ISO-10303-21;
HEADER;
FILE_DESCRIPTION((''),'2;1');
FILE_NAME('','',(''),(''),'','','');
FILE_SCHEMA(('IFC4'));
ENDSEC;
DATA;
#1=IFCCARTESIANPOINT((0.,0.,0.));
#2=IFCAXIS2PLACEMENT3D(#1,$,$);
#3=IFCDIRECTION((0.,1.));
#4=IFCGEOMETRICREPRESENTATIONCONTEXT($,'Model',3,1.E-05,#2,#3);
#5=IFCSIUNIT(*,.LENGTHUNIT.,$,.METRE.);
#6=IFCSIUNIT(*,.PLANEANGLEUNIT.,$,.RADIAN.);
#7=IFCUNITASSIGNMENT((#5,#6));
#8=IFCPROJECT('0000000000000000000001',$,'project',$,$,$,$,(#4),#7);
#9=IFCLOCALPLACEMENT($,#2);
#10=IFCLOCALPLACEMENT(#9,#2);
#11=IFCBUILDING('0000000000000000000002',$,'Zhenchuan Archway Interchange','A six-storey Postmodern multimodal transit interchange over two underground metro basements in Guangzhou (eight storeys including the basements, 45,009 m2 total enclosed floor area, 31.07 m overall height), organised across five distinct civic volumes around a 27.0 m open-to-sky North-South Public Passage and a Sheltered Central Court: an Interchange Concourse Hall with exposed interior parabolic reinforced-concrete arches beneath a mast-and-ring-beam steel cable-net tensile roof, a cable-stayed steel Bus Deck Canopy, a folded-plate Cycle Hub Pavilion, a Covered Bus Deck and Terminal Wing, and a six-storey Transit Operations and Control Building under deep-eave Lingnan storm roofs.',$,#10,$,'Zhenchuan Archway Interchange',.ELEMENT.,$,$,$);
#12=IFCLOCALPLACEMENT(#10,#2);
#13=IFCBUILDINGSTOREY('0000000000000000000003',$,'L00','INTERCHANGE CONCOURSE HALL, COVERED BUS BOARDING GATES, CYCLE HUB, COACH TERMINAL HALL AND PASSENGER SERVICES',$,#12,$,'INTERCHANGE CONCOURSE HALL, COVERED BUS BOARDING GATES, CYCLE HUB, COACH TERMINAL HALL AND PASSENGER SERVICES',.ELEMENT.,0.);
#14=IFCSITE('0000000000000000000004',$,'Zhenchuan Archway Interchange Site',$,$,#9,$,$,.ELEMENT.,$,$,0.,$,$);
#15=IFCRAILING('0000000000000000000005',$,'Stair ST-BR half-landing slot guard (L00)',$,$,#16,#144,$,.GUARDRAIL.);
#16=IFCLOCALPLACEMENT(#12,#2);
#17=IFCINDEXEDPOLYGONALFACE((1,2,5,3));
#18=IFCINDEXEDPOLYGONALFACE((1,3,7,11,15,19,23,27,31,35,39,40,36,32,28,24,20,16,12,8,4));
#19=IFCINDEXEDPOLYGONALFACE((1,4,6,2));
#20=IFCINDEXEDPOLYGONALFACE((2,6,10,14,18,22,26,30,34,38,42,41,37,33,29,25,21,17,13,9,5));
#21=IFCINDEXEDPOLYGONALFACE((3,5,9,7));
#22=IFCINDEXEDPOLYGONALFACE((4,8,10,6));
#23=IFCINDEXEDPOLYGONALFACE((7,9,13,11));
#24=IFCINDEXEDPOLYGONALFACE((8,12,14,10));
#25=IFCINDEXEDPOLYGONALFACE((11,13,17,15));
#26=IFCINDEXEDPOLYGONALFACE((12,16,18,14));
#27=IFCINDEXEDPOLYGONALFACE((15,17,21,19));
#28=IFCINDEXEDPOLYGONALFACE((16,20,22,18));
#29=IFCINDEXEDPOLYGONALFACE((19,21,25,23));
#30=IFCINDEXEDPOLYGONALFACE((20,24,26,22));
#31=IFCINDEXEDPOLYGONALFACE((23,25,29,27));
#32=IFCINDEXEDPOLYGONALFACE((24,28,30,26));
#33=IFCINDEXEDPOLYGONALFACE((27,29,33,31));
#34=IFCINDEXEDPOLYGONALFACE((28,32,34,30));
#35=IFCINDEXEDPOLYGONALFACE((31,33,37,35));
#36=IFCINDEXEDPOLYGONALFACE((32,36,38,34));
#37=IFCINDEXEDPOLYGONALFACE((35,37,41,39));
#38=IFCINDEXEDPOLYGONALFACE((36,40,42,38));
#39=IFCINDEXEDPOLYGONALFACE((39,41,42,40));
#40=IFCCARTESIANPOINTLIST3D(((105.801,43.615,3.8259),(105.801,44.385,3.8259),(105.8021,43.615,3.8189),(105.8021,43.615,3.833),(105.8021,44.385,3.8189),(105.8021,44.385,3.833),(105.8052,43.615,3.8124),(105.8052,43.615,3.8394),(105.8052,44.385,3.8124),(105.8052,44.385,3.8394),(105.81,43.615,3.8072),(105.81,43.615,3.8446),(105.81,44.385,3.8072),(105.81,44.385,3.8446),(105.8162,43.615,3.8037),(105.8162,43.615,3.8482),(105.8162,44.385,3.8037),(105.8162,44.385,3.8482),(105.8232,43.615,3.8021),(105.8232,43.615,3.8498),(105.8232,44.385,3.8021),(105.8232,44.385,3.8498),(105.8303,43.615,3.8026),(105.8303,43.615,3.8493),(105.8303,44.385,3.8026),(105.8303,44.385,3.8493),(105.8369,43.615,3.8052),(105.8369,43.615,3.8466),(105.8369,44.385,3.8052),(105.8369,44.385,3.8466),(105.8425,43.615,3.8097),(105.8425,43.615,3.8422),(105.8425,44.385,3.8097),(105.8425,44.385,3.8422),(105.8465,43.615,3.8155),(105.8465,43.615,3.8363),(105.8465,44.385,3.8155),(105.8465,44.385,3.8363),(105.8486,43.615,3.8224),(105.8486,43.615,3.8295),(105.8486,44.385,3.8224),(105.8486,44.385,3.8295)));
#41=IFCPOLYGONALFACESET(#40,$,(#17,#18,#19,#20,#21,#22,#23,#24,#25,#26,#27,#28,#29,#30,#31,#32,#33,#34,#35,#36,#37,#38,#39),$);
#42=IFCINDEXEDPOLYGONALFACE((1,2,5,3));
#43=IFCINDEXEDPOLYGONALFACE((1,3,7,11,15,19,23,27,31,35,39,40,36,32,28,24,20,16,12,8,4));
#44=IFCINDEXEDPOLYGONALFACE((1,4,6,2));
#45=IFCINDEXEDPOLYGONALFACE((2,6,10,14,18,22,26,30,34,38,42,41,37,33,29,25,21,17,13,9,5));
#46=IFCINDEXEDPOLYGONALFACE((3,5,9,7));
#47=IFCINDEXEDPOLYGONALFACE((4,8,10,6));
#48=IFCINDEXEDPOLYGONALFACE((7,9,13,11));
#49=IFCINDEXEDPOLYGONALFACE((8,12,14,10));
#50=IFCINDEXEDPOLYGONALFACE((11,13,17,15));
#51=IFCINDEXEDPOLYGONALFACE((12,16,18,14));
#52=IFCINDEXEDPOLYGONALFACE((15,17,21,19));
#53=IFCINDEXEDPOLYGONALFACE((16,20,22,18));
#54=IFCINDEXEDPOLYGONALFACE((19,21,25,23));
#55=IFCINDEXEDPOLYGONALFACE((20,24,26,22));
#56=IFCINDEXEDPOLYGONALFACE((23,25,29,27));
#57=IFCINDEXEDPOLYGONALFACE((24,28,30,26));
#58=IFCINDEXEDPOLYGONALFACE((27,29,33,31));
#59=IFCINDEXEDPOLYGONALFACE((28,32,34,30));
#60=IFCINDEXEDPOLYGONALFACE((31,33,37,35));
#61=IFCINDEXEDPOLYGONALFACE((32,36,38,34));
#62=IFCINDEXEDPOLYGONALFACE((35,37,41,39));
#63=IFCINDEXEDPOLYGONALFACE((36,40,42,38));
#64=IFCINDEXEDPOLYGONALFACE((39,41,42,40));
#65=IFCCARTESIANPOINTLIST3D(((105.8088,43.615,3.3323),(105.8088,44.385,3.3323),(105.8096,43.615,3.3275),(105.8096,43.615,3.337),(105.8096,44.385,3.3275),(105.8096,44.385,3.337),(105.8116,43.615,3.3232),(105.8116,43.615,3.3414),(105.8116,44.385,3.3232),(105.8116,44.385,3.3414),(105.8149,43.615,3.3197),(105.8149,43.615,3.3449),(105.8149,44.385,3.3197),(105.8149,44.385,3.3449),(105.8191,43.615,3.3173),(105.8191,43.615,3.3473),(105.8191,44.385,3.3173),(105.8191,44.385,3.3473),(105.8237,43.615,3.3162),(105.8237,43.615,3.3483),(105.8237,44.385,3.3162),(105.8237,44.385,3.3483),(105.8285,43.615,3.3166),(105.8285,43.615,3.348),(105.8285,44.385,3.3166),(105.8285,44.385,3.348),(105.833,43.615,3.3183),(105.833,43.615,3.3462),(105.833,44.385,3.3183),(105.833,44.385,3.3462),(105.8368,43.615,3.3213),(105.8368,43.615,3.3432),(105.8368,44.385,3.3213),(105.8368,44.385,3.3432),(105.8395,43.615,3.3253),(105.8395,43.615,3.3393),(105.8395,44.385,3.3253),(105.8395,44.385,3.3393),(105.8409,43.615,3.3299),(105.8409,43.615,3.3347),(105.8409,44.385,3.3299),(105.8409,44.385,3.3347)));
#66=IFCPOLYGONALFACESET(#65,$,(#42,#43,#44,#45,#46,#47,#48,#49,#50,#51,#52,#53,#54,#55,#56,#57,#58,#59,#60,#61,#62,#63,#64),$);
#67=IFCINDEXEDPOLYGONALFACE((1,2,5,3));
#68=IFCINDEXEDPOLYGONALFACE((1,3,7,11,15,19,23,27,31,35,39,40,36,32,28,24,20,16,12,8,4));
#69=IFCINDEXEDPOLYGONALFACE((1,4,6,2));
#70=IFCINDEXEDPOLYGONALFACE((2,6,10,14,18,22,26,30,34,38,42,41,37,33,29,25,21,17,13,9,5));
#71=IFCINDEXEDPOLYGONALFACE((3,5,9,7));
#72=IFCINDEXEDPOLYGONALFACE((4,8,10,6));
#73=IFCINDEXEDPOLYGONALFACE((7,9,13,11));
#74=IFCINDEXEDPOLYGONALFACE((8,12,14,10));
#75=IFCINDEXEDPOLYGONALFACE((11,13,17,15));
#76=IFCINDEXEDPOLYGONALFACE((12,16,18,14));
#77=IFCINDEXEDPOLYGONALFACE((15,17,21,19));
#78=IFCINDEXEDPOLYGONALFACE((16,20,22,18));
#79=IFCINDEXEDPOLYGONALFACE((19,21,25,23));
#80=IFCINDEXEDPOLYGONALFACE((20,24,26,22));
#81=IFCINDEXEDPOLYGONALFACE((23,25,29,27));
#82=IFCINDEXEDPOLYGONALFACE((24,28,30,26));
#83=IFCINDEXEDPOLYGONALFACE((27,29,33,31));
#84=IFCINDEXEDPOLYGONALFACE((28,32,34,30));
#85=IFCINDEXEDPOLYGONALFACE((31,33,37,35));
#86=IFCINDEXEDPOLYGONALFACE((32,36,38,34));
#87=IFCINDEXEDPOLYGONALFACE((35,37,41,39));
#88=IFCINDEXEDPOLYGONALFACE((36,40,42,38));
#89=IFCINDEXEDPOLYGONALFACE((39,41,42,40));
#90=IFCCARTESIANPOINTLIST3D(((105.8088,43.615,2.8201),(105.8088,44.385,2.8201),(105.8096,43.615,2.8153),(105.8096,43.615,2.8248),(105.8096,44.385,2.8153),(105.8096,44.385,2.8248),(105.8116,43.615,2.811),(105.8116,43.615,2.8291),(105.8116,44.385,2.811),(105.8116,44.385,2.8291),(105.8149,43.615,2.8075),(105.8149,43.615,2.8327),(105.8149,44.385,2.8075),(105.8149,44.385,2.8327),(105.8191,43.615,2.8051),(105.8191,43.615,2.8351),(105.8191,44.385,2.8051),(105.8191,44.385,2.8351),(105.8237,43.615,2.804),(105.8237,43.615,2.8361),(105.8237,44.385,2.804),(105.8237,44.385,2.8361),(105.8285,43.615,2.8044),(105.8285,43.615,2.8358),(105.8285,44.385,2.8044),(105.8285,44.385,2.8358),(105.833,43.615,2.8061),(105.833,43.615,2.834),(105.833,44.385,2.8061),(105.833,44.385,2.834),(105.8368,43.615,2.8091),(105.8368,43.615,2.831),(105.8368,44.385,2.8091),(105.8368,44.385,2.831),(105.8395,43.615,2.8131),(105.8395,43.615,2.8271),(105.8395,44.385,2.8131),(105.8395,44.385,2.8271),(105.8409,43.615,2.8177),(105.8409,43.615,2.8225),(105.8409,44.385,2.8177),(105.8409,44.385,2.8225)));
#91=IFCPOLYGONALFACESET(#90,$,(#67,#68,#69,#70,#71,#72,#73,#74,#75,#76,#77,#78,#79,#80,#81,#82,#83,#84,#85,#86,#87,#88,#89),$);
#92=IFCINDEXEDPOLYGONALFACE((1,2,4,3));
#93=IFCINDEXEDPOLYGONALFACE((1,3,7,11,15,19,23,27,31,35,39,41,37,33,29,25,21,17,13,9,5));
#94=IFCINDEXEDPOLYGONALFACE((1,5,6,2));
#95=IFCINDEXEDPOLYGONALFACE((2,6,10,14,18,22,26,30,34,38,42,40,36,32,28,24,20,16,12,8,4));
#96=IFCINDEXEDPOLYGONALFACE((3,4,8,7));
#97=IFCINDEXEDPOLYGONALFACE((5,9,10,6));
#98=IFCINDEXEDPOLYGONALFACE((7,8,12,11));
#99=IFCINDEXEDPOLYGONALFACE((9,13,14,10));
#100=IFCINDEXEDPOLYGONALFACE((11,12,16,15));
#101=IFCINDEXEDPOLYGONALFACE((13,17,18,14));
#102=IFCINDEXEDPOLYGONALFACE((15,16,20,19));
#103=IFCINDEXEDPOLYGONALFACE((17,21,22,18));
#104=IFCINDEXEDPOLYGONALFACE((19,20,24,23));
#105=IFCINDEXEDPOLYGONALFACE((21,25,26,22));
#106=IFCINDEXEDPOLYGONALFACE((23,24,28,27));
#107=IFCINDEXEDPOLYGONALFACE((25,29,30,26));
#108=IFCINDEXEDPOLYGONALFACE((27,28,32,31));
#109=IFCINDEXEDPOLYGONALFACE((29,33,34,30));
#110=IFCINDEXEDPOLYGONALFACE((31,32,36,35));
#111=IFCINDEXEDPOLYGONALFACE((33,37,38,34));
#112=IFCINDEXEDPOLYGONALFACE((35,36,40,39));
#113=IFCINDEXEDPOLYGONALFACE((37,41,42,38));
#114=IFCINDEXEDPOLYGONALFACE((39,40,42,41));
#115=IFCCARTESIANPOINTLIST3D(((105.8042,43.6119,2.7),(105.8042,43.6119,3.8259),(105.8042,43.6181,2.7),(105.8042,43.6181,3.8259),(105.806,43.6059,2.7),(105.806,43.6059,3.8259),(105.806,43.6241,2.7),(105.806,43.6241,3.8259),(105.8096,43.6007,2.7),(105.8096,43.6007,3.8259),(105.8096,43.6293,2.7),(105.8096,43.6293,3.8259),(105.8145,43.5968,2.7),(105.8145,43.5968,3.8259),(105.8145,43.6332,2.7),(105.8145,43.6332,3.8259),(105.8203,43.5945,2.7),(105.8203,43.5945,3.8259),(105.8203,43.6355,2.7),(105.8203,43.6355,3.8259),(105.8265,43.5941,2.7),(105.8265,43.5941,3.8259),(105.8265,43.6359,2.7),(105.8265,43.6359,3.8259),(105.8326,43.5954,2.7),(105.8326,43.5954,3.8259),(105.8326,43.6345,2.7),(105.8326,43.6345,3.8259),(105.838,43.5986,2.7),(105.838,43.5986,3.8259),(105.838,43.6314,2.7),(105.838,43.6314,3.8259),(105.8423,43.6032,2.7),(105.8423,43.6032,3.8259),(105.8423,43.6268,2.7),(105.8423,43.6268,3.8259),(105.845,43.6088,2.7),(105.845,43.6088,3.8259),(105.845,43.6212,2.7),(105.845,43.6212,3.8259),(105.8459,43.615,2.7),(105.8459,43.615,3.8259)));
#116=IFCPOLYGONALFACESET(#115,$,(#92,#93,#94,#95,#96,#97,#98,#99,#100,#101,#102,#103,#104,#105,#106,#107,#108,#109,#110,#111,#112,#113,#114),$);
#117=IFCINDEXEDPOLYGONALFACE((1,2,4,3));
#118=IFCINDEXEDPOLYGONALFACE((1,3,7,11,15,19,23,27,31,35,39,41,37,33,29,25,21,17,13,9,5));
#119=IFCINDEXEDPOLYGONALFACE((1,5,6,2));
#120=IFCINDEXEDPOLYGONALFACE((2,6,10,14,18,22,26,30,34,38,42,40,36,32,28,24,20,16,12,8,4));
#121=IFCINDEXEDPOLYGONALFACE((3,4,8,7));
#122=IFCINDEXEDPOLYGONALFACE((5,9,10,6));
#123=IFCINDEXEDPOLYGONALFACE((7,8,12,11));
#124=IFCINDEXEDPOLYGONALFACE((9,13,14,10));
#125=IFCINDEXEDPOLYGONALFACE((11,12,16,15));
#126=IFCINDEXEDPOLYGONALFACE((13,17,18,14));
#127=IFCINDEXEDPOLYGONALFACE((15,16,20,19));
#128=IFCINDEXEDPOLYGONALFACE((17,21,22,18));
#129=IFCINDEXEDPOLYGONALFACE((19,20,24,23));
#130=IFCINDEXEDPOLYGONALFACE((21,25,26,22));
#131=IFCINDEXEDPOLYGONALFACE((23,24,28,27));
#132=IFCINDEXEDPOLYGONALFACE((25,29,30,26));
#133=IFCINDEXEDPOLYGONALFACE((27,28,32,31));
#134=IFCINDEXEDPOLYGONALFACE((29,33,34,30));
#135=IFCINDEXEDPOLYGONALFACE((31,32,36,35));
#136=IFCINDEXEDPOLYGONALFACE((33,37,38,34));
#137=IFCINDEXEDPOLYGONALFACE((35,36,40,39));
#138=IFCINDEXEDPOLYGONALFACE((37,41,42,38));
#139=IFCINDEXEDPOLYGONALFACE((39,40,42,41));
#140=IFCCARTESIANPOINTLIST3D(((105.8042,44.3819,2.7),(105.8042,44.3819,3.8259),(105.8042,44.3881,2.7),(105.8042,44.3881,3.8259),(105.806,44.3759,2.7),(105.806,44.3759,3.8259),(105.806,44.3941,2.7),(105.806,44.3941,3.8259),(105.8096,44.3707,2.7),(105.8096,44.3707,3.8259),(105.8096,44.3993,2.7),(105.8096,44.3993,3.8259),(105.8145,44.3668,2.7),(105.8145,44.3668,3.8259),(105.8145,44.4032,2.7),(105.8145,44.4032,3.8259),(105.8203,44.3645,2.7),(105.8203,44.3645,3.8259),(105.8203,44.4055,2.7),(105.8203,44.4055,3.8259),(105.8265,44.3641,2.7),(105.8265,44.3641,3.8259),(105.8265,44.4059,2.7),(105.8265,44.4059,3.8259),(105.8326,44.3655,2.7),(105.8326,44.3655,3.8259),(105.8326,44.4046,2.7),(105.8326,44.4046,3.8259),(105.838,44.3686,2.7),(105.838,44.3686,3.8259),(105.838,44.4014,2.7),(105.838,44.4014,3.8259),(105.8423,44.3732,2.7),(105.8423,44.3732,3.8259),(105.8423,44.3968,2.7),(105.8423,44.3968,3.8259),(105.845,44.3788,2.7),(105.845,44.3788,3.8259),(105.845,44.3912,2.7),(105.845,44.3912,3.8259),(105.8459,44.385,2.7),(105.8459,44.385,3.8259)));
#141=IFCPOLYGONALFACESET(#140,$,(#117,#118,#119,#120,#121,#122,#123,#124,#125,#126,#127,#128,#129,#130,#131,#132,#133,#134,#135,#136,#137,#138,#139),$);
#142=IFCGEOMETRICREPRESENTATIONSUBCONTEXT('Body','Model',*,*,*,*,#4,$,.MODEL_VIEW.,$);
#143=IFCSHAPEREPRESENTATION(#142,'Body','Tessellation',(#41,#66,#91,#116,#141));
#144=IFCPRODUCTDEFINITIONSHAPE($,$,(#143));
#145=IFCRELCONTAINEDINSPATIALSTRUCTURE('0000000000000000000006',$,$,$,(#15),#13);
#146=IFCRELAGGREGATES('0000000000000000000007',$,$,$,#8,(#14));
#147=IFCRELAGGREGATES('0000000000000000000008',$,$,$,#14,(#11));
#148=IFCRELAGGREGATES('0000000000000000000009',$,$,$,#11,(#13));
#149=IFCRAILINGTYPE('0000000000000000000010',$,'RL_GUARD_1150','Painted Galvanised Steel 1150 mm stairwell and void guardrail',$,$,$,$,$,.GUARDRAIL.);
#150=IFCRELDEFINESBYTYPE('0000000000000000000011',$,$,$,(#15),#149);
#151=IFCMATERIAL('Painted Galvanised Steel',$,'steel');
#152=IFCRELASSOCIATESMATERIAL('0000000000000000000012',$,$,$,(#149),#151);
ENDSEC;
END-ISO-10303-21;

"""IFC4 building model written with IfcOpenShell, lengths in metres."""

from ifc_helpers import new_model, si_unit, direction, frame, origin, origin_2d, place, context, subcontext, project, spatial, circle, extrude, material, type_object, element, save


model = new_model("IFC4")

# Units and contexts
model_context = context("Model", 3, precision=1e-05, world=origin(), true_north=direction((0.0, 1.0)))
body_context = subcontext(model_context, "Body", "Model", "MODEL_VIEW")
ifc_project = project(units=[si_unit("LENGTHUNIT", "METRE"), si_unit("PLANEANGLEUNIT", "RADIAN")], contexts=[model_context])

# Site, building, storey
site_placement = place(None, origin())
site = spatial("IfcSite", under=ifc_project, at=site_placement, Name="Zhenchuan Archway Interchange Site", CompositionType="ELEMENT", RefElevation=0.0)
building_placement = place(site_placement, origin())
building = spatial("IfcBuilding", under=site, at=building_placement, Name="Zhenchuan Archway Interchange", Description="A six-storey Postmodern multimodal transit interchange over two underground metro basements in Guangzhou (eight storeys including the basements, 45,009 m2 total enclosed floor area, 31.07 m overall height), organised across five distinct civic volumes around a 27.0 m open-to-sky North-South Public Passage and a Sheltered Central Court: an Interchange Concourse Hall with exposed interior parabolic reinforced-concrete arches beneath a mast-and-ring-beam steel cable-net tensile roof, a cable-stayed steel Bus Deck Canopy, a folded-plate Cycle Hub Pavilion, a Covered Bus Deck and Terminal Wing, and a six-storey Transit Operations and Control Building under deep-eave Lingnan storm roofs.", LongName="Zhenchuan Archway Interchange", CompositionType="ELEMENT")
storey_placement = place(building_placement, origin())
storey = spatial("IfcBuildingStorey", under=building, at=storey_placement, Name="L00", Description="INTERCHANGE CONCOURSE HALL, COVERED BUS BOARDING GATES, CYCLE HUB, COACH TERMINAL HALL AND PASSENGER SERVICES", LongName="INTERCHANGE CONCOURSE HALL, COVERED BUS BOARDING GATES, CYCLE HUB, COACH TERMINAL HALL AND PASSENGER SERVICES", CompositionType="ELEMENT", Elevation=0.0)

# Shared definitions
ifc_material_1 = material(Name="Painted Galvanised Steel", Category="steel")

# Railing
railing_type_1 = type_object("IfcRailingType", Name="RL_GUARD_1150", Description="Painted Galvanised Steel 1150 mm stairwell and void guardrail", PredefinedType="GUARDRAIL", material=ifc_material_1)
railing_1_placement = place(storey_placement, frame((105.825, 43.615, 2.7)))
element("IfcRailing", 1, at=railing_1_placement, inside=storey, type_object=railing_type_1, Name="Stair ST-BR half-landing slot guard (L00)", PredefinedType="GUARDRAIL", context=body_context, shape_type="SweptSolid", body=[
    extrude(circle(Radius=0.0239, at=origin_2d()), frame((0.0, 0.0, 1.126), z_axis=(0.0, 1.0, 0.0), x_axis=(-1.0, 0.0, 0.0)), (0.0, 0.0, 1.0), 0.77),
    extrude(circle(Radius=0.0161, at=origin_2d()), frame((0.0, 0.0, 0.6323), z_axis=(0.0, 1.0, 0.0), x_axis=(-1.0, 0.0, 0.0)), (0.0, 0.0, 1.0), 0.77),
    extrude(circle(Radius=0.0161, at=origin_2d()), frame((0.0, 0.0, 0.1201), z_axis=(0.0, 1.0, 0.0), x_axis=(-1.0, 0.0, 0.0)), (0.0, 0.0, 1.0), 0.77),
    extrude(circle(Radius=0.021, at=origin_2d()), origin(), (0.0, 0.0, 1.0), 1.126),
    extrude(circle(Radius=0.021, at=origin_2d()), frame((0.0, 0.77, 0.0)), (0.0, 0.0, 1.0), 1.126),
])

save(model, "model.ifc")
